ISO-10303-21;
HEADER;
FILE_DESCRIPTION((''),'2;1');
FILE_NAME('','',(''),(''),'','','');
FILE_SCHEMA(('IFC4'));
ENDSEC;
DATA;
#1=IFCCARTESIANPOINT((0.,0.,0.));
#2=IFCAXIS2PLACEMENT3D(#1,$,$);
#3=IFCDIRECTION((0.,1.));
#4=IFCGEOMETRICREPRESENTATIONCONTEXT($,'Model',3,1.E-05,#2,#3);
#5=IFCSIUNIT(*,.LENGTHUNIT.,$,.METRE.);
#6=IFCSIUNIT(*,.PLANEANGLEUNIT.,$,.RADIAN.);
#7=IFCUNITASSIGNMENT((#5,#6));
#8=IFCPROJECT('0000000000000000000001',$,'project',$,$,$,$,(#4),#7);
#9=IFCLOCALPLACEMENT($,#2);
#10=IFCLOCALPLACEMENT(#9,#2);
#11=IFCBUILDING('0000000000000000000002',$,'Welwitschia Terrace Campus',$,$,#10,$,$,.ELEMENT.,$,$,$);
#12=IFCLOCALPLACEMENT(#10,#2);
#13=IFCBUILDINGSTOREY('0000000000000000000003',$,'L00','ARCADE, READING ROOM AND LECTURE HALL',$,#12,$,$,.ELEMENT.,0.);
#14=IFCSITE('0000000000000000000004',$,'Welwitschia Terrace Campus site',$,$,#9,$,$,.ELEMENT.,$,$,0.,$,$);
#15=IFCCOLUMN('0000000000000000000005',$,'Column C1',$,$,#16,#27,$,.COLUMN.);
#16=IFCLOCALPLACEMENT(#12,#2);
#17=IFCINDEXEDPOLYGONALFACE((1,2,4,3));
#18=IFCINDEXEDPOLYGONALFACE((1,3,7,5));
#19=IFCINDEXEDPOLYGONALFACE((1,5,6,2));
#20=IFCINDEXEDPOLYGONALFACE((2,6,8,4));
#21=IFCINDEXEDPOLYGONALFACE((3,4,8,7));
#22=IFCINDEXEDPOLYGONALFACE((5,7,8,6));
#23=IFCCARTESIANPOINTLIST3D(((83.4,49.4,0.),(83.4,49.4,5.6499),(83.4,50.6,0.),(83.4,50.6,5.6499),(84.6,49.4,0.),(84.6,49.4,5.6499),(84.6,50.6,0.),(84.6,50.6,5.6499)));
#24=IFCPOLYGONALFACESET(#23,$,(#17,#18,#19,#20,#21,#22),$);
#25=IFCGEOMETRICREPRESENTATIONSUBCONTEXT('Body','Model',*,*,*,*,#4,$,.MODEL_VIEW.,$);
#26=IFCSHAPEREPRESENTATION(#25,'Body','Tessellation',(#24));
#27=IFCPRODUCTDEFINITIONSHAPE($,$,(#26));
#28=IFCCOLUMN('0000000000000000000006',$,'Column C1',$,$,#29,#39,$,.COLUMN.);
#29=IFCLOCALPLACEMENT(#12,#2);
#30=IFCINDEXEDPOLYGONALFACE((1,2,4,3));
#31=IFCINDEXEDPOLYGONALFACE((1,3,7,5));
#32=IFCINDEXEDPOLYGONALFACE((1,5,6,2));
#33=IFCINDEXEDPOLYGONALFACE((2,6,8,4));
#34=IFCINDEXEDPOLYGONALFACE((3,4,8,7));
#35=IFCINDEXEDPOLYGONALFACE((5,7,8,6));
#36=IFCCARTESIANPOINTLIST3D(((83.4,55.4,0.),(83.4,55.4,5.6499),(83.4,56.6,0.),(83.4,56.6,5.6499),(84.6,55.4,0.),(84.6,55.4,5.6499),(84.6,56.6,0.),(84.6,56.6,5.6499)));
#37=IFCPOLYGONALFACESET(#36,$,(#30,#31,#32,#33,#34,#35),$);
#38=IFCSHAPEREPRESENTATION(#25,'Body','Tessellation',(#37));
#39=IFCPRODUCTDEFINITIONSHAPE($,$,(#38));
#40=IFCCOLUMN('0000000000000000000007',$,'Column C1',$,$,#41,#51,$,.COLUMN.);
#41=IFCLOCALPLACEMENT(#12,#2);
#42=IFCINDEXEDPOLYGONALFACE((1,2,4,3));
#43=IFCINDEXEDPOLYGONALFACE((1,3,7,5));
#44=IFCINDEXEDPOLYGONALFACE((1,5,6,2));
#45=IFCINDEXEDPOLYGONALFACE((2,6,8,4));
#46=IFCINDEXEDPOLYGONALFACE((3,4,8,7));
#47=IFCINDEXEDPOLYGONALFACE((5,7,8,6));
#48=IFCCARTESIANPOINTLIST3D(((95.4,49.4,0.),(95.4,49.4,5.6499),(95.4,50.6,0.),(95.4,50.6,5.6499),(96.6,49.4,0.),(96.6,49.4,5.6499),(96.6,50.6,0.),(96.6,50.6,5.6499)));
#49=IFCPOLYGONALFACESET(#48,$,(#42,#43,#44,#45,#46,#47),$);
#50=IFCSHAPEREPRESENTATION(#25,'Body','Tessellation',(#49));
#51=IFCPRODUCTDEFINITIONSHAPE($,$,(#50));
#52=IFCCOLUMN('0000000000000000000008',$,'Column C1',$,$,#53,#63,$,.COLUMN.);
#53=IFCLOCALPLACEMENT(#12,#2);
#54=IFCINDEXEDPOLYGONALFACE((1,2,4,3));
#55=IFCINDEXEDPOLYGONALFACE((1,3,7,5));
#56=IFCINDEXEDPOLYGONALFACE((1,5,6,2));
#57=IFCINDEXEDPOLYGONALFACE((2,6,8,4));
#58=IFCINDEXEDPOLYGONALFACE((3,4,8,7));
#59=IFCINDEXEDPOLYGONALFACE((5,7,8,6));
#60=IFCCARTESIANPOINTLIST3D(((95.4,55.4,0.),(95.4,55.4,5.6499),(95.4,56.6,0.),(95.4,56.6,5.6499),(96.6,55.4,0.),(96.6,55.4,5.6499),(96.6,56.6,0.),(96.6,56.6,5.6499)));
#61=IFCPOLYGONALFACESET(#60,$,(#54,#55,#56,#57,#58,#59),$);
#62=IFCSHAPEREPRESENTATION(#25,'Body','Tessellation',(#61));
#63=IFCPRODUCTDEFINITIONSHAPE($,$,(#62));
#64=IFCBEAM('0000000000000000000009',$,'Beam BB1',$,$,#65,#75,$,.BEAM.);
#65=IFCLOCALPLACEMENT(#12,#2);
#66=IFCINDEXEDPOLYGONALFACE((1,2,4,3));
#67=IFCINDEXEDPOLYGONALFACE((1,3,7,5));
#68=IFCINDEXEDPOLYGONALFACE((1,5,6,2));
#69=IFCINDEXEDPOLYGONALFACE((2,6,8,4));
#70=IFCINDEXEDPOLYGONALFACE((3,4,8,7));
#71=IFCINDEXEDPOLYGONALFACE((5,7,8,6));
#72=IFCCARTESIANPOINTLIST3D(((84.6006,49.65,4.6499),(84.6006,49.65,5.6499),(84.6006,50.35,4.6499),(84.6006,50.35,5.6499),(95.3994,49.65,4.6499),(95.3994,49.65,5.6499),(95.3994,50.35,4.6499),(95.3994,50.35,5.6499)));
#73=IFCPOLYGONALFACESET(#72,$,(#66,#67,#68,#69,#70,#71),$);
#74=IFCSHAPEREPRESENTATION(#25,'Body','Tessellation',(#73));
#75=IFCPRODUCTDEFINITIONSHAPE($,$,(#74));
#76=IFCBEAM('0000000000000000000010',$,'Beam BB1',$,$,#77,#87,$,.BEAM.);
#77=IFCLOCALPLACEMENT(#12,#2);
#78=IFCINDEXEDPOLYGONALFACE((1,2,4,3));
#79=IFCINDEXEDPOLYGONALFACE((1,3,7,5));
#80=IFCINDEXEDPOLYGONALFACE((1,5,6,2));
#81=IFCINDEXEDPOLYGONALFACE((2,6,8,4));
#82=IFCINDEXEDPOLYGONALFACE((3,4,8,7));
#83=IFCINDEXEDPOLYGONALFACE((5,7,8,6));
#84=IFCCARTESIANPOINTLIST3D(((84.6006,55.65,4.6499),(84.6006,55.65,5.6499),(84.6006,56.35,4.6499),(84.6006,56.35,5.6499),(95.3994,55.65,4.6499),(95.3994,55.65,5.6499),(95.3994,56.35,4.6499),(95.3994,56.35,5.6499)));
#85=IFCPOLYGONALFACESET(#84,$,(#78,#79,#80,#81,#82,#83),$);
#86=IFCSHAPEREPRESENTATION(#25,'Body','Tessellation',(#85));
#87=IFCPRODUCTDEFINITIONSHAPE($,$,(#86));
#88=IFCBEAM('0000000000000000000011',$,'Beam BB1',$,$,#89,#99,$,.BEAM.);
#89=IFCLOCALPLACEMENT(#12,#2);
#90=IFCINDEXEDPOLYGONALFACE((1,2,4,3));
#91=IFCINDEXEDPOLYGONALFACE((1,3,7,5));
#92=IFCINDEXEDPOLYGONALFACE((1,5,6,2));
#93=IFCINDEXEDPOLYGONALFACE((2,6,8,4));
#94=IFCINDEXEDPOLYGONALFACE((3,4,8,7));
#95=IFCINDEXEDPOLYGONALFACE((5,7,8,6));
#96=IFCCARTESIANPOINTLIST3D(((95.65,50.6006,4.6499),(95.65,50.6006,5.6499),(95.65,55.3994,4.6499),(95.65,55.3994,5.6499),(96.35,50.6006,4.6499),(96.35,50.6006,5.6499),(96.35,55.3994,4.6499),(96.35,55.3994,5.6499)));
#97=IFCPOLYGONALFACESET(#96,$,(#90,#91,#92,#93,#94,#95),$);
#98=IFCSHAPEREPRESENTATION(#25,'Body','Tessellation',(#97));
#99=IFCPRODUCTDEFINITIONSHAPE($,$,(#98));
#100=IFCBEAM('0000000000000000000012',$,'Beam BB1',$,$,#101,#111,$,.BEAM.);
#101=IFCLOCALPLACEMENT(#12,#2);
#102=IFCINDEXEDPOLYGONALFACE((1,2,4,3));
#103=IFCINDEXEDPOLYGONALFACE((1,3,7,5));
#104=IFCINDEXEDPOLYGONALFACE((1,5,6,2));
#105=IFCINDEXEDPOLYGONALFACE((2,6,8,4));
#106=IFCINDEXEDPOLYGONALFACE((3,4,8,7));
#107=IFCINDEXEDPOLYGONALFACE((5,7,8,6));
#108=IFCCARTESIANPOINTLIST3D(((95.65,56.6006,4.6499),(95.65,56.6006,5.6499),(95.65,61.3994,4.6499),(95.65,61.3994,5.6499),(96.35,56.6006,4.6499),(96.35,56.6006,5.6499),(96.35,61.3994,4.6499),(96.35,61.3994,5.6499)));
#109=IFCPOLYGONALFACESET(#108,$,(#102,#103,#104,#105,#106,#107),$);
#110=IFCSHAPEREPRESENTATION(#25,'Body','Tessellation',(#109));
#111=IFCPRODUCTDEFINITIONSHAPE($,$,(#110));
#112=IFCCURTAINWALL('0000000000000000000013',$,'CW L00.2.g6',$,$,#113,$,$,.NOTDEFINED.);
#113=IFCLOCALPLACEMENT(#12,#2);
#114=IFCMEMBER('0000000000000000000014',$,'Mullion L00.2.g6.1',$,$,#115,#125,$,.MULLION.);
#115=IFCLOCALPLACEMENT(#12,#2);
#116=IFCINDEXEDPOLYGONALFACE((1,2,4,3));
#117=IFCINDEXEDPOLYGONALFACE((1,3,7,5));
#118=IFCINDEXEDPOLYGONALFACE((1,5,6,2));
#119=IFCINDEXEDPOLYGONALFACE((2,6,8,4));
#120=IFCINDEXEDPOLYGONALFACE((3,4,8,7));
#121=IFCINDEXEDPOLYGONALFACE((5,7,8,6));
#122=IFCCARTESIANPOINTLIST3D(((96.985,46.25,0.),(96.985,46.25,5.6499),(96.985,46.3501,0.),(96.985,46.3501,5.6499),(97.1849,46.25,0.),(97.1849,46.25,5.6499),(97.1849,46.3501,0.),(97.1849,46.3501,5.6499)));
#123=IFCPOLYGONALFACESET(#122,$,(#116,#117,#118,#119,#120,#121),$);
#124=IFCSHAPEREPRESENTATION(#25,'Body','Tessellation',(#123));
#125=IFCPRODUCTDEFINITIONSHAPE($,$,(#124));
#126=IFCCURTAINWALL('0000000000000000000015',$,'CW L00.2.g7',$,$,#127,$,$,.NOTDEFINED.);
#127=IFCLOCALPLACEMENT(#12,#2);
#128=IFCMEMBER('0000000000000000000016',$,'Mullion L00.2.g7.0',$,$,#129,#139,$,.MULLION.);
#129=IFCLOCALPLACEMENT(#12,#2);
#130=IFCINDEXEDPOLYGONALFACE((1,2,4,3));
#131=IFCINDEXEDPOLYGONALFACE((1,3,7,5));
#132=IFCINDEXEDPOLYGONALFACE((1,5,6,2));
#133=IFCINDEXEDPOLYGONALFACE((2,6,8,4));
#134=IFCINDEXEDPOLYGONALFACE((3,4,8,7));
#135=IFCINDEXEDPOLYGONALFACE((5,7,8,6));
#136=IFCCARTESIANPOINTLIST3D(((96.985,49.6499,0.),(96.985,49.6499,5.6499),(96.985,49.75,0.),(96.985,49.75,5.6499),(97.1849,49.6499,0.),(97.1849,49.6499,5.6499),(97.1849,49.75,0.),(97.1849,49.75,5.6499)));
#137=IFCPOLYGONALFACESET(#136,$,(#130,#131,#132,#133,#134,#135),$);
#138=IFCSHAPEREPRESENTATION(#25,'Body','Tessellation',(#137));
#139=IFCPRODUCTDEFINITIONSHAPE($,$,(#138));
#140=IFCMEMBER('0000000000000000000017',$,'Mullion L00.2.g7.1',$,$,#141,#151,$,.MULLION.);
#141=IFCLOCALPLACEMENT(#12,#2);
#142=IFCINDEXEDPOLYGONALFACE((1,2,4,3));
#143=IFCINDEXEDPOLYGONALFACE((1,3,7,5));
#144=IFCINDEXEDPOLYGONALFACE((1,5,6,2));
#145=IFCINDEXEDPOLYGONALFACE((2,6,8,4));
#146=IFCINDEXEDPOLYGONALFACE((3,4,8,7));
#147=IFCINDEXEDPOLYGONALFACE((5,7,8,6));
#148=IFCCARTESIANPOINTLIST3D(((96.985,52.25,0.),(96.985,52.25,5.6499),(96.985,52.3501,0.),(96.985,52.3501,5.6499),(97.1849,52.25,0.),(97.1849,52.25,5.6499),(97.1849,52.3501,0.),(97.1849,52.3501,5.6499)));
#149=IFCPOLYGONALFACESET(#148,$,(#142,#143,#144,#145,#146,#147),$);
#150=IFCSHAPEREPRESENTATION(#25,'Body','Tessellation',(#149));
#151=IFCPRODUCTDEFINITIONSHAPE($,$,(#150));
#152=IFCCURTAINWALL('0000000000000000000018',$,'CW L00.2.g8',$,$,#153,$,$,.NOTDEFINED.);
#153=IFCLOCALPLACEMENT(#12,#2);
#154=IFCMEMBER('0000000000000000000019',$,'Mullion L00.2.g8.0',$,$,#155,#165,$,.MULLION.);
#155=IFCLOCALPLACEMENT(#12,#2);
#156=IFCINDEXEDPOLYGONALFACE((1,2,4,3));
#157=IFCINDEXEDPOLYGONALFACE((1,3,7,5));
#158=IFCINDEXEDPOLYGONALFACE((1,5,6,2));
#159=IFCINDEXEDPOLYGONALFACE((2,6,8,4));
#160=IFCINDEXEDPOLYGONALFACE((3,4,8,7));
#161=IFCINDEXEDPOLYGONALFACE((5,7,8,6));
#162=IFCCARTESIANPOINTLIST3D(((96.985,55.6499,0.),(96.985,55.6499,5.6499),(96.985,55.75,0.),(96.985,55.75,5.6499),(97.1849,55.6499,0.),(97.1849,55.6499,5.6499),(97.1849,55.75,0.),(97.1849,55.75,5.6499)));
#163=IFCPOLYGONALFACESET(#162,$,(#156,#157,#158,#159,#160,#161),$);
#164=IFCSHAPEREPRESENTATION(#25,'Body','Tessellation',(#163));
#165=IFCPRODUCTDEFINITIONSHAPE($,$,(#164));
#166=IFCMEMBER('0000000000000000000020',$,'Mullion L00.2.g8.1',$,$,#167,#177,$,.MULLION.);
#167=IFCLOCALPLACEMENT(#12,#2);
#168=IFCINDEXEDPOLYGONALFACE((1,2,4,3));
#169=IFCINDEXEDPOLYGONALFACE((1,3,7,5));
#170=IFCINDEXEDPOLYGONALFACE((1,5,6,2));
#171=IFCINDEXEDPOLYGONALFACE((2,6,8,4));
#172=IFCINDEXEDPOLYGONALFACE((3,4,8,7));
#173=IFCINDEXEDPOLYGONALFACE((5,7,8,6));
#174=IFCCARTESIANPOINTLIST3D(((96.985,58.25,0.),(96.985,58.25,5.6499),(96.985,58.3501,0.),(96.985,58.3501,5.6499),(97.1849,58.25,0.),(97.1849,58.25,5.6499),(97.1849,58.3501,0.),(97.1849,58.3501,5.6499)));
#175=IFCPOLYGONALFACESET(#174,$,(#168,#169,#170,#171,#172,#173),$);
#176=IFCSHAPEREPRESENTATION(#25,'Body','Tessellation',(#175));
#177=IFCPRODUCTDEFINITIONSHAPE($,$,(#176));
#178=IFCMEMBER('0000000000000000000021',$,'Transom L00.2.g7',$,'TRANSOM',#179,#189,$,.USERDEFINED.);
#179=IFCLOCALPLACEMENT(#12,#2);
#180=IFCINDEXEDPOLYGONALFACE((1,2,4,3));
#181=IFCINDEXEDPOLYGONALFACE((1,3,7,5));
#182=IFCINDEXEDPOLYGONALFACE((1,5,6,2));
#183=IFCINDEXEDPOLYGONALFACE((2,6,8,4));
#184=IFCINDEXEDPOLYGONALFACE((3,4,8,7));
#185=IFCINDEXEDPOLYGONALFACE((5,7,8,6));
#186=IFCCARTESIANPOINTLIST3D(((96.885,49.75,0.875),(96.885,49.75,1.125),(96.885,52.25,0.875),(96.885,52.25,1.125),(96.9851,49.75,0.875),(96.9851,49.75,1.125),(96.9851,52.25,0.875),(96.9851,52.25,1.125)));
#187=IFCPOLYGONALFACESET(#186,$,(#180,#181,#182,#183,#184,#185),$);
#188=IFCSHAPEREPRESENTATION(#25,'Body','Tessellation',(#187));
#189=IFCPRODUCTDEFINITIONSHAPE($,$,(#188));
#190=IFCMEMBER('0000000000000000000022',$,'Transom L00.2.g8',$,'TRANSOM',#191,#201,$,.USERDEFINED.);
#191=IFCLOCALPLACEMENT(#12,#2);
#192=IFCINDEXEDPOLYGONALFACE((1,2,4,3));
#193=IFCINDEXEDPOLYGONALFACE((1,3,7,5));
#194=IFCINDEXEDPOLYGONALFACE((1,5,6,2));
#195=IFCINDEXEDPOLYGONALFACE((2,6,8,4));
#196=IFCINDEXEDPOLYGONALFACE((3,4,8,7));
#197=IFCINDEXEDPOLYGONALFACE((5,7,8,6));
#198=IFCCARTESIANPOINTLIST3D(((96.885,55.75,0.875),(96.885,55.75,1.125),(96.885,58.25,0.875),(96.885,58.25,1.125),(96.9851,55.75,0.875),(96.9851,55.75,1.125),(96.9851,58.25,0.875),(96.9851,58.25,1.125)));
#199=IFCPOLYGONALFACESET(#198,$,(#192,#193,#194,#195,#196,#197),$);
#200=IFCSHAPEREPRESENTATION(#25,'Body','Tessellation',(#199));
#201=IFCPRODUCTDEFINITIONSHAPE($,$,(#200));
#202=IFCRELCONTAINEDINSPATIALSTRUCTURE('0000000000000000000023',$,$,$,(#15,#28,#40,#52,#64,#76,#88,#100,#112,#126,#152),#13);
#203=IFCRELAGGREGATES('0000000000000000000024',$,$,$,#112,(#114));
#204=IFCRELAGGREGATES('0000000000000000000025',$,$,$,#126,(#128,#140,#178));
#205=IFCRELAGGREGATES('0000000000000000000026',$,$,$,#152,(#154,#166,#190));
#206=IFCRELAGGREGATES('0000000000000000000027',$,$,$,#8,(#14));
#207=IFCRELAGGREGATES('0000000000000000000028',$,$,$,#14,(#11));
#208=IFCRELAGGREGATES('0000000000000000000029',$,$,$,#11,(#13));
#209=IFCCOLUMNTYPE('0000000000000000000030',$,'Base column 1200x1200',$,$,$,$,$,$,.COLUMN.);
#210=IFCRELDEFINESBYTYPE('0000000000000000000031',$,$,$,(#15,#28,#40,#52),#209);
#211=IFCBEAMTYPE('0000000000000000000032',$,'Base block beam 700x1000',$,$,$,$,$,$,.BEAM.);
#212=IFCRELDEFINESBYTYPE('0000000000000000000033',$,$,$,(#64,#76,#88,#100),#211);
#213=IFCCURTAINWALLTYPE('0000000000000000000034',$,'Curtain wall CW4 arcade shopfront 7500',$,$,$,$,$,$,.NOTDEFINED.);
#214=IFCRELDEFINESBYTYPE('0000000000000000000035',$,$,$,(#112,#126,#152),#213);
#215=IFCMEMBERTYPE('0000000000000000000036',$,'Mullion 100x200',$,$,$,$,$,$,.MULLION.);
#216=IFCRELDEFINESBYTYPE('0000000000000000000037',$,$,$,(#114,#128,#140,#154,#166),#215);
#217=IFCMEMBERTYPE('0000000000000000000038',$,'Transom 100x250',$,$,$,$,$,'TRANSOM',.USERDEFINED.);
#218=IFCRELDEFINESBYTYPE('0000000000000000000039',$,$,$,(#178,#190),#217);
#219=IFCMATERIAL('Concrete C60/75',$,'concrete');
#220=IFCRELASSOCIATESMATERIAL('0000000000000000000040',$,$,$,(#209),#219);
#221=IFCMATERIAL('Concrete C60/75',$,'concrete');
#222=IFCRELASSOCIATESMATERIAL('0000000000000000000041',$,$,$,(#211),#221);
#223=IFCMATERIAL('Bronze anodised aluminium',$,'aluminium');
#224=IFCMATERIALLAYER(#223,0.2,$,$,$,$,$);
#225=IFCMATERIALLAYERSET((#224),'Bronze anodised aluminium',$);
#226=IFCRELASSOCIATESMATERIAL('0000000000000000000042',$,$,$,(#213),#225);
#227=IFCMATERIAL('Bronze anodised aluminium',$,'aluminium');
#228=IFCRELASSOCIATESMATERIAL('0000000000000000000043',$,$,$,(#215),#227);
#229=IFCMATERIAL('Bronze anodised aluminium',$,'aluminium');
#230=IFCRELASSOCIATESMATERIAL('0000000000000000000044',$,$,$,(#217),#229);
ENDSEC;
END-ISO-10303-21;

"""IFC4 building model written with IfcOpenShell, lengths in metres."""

from ifc_helpers import new_model, si_unit, direction, frame, origin, origin_2d, place, context, subcontext, project, spatial, rectangle, extrude, material, layer, layer_set, material_profile, profile_set, type_object, element, aggregate, save


model = new_model("IFC4")

# Units and contexts
model_context = context("Model", 3, precision=1e-05, world=origin(), true_north=direction((0.0, 1.0)))
body_context = subcontext(model_context, "Body", "Model", "MODEL_VIEW")
ifc_project = project(units=[si_unit("LENGTHUNIT", "METRE"), si_unit("PLANEANGLEUNIT", "RADIAN")], contexts=[model_context])

# Site, building, storey
site_placement = place(None, origin())
site = spatial("IfcSite", under=ifc_project, at=site_placement, Name="Welwitschia Terrace Campus site", CompositionType="ELEMENT", RefElevation=0.0)
building_placement = place(site_placement, origin())
building = spatial("IfcBuilding", under=site, at=building_placement, Name="Welwitschia Terrace Campus", CompositionType="ELEMENT")
storey_placement = place(building_placement, origin())
storey = spatial("IfcBuildingStorey", under=building, at=storey_placement, Name="L00", Description="ARCADE, READING ROOM AND LECTURE HALL", CompositionType="ELEMENT", Elevation=0.0)

# Columns
ifc_material_1 = material(Name="Concrete C60/75", Category="concrete")
ifc_material_profile_1 = material_profile(ifc_material_1, rectangle(XDim=1.2, YDim=1.2, at=origin_2d()))
ifc_profile_set_1 = profile_set([ifc_material_profile_1], Name="Concrete C60/75")
column_type = type_object("IfcColumnType", Name="Base column 1200x1200", PredefinedType="COLUMN", material=ifc_profile_set_1)
for number, where, z_axis, x_axis, name in (
    (1, (84.0, 50.0, 0.0), (0.0, 0.0, 1.0), (1.0, 0.0, 0.0), "Column C1"),
    (2, (84.0, 56.0, 0.0), (0.0, 0.0, 1.0), (1.0, 0.0, 0.0), "Column C1"),
    (3, (96.0, 50.0, 0.0), (0.0, 0.0, 1.0), (1.0, 0.0, 0.0), "Column C1"),
    (4, (96.0, 56.0, 0.0), (0.0, 0.0, 1.0), (1.0, 0.0, 0.0), "Column C1"),
):
    element("IfcColumn", number, at=place(storey_placement, frame(where, z_axis=z_axis, x_axis=x_axis)), inside=storey, type_object=column_type, Name=name, PredefinedType="COLUMN", context=body_context, shape_type="SweptSolid", body=[
        extrude(rectangle(XDim=1.2, YDim=1.2, at=origin_2d()), origin(), (0.0, 0.0, 1.0), 5.6499),
    ])

# Beams
ifc_material_2 = material(Name="Concrete C60/75", Category="concrete")
ifc_material_profile_2 = material_profile(ifc_material_2, rectangle(XDim=0.7, YDim=1.0, at=origin_2d()))
ifc_profile_set_2 = profile_set([ifc_material_profile_2], Name="Concrete C60/75")
beam_type = type_object("IfcBeamType", Name="Base block beam 700x1000", PredefinedType="BEAM", material=ifc_profile_set_2)
for number, where, z_axis, x_axis, name in (
    (5, (84.6006, 50.0, 5.1499), (1.0, 0.0, 0.0), (0.0, 1.0, 0.0), "Beam BB1"),
    (6, (84.6006, 56.0, 5.1499), (1.0, 0.0, 0.0), (0.0, 1.0, 0.0), "Beam BB1"),
):
    element("IfcBeam", number, at=place(storey_placement, frame(where, z_axis=z_axis, x_axis=x_axis)), inside=storey, type_object=beam_type, Name=name, PredefinedType="BEAM", context=body_context, shape_type="SweptSolid", body=[
        extrude(rectangle(XDim=0.7, YDim=1.0, at=origin_2d()), origin(), (0.0, 0.0, 1.0), 10.7988),
    ])
for number, where, z_axis, x_axis, name in (
    (7, (96.0, 50.6006, 5.1499), (0.0, 1.0, 0.0), (-1.0, 0.0, 0.0), "Beam BB1"),
    (8, (96.0, 56.6006, 5.1499), (0.0, 1.0, 0.0), (-1.0, 0.0, 0.0), "Beam BB1"),
):
    element("IfcBeam", number, at=place(storey_placement, frame(where, z_axis=z_axis, x_axis=x_axis)), inside=storey, type_object=beam_type, Name=name, PredefinedType="BEAM", context=body_context, shape_type="SweptSolid", body=[
        extrude(rectangle(XDim=0.7, YDim=1.0, at=origin_2d()), origin(), (0.0, 0.0, 1.0), 4.7988),
    ])

# Curtain wall, member
ifc_material_3 = material(Name="Bronze anodised aluminium", Category="aluminium")
ifc_layer_1 = layer(ifc_material_3, 0.2)
ifc_layer_set_1 = layer_set([ifc_layer_1], Name="Bronze anodised aluminium")
curtain_wall_type = type_object("IfcCurtainWallType", Name="Curtain wall CW4 arcade shopfront 7500", PredefinedType="NOTDEFINED", material=ifc_layer_set_1)
curtain_wall_1_placement = place(storey_placement, origin())
curtain_wall_1 = element("IfcCurtainWall", 9, at=curtain_wall_1_placement, inside=storey, type_object=curtain_wall_type, Name="CW L00.2.g6", PredefinedType="NOTDEFINED")
ifc_material_4 = material(Name="Bronze anodised aluminium", Category="aluminium")
ifc_material_profile_3 = material_profile(ifc_material_4, rectangle(XDim=0.2, YDim=0.1001, at=origin_2d()))
ifc_profile_set_3 = profile_set([ifc_material_profile_3], Name="Bronze anodised aluminium")
member_type_1 = type_object("IfcMemberType", Name="Mullion 100x200", PredefinedType="MULLION", material=ifc_profile_set_3)
member_1_placement = place(storey_placement, frame((97.085, 46.3, 0.0), z_axis=(0.0, 0.0, 1.0), x_axis=(-1.0, 0.0, 0.0)))
member_1 = element("IfcMember", 10, at=member_1_placement, type_object=member_type_1, Name="Mullion L00.2.g6.1", PredefinedType="MULLION", context=body_context, shape_type="SweptSolid", body=[
    extrude(rectangle(XDim=0.2, YDim=0.1001, at=origin_2d()), origin(), (0.0, 0.0, 1.0), 5.6499),
])
aggregate(curtain_wall_1, [member_1])

# Curtain walls, members
curtain_wall_2_placement = place(storey_placement, origin())
curtain_wall_2 = element("IfcCurtainWall", 11, at=curtain_wall_2_placement, inside=storey, type_object=curtain_wall_type, Name="CW L00.2.g7", PredefinedType="NOTDEFINED")
member_2_placement = place(storey_placement, frame((97.085, 49.7, 0.0), z_axis=(0.0, 0.0, 1.0), x_axis=(-1.0, 0.0, 0.0)))
member_2 = element("IfcMember", 12, at=member_2_placement, type_object=member_type_1, Name="Mullion L00.2.g7.0", PredefinedType="MULLION", context=body_context, shape_type="SweptSolid", body=[
    extrude(rectangle(XDim=0.2, YDim=0.1001, at=origin_2d()), origin(), (0.0, 0.0, 1.0), 5.6499),
])
member_3_placement = place(storey_placement, frame((97.085, 52.3, 0.0), z_axis=(0.0, 0.0, 1.0), x_axis=(-1.0, 0.0, 0.0)))
member_3 = element("IfcMember", 13, at=member_3_placement, type_object=member_type_1, Name="Mullion L00.2.g7.1", PredefinedType="MULLION", context=body_context, shape_type="SweptSolid", body=[
    extrude(rectangle(XDim=0.2, YDim=0.1001, at=origin_2d()), origin(), (0.0, 0.0, 1.0), 5.6499),
])
curtain_wall_3_placement = place(storey_placement, origin())
curtain_wall_3 = element("IfcCurtainWall", 14, at=curtain_wall_3_placement, inside=storey, type_object=curtain_wall_type, Name="CW L00.2.g8", PredefinedType="NOTDEFINED")
member_4_placement = place(storey_placement, frame((97.085, 55.7, 0.0), z_axis=(0.0, 0.0, 1.0), x_axis=(-1.0, 0.0, 0.0)))
member_4 = element("IfcMember", 15, at=member_4_placement, type_object=member_type_1, Name="Mullion L00.2.g8.0", PredefinedType="MULLION", context=body_context, shape_type="SweptSolid", body=[
    extrude(rectangle(XDim=0.2, YDim=0.1001, at=origin_2d()), origin(), (0.0, 0.0, 1.0), 5.6499),
])
member_5_placement = place(storey_placement, frame((97.085, 58.3, 0.0), z_axis=(0.0, 0.0, 1.0), x_axis=(-1.0, 0.0, 0.0)))
member_5 = element("IfcMember", 16, at=member_5_placement, type_object=member_type_1, Name="Mullion L00.2.g8.1", PredefinedType="MULLION", context=body_context, shape_type="SweptSolid", body=[
    extrude(rectangle(XDim=0.2, YDim=0.1001, at=origin_2d()), origin(), (0.0, 0.0, 1.0), 5.6499),
])

# Members
ifc_material_5 = material(Name="Bronze anodised aluminium", Category="aluminium")
ifc_material_profile_4 = material_profile(ifc_material_5, rectangle(XDim=0.1001, YDim=0.25, at=origin_2d()))
ifc_profile_set_4 = profile_set([ifc_material_profile_4], Name="Bronze anodised aluminium")
member_type_2 = type_object("IfcMemberType", Name="Transom 100x250", ElementType="TRANSOM", PredefinedType="USERDEFINED", material=ifc_profile_set_4)
member_6_placement = place(storey_placement, frame((96.9351, 49.75, 1.0), z_axis=(0.0, 1.0, 0.0), x_axis=(-1.0, 0.0, 0.0)))
member_6 = element("IfcMember", 17, at=member_6_placement, type_object=member_type_2, Name="Transom L00.2.g7", ObjectType="TRANSOM", PredefinedType="USERDEFINED", context=body_context, shape_type="SweptSolid", body=[
    extrude(rectangle(XDim=0.1001, YDim=0.25, at=origin_2d()), origin(), (0.0, 0.0, 1.0), 2.5),
])
member_7_placement = place(storey_placement, frame((96.9351, 55.75, 1.0), z_axis=(0.0, 1.0, 0.0), x_axis=(-1.0, 0.0, 0.0)))
member_7 = element("IfcMember", 18, at=member_7_placement, type_object=member_type_2, Name="Transom L00.2.g8", ObjectType="TRANSOM", PredefinedType="USERDEFINED", context=body_context, shape_type="SweptSolid", body=[
    extrude(rectangle(XDim=0.1001, YDim=0.25, at=origin_2d()), origin(), (0.0, 0.0, 1.0), 2.5),
])

aggregate(curtain_wall_2, [member_2, member_3, member_6])
aggregate(curtain_wall_3, [member_4, member_5, member_7])

save(model, "model.ifc")
